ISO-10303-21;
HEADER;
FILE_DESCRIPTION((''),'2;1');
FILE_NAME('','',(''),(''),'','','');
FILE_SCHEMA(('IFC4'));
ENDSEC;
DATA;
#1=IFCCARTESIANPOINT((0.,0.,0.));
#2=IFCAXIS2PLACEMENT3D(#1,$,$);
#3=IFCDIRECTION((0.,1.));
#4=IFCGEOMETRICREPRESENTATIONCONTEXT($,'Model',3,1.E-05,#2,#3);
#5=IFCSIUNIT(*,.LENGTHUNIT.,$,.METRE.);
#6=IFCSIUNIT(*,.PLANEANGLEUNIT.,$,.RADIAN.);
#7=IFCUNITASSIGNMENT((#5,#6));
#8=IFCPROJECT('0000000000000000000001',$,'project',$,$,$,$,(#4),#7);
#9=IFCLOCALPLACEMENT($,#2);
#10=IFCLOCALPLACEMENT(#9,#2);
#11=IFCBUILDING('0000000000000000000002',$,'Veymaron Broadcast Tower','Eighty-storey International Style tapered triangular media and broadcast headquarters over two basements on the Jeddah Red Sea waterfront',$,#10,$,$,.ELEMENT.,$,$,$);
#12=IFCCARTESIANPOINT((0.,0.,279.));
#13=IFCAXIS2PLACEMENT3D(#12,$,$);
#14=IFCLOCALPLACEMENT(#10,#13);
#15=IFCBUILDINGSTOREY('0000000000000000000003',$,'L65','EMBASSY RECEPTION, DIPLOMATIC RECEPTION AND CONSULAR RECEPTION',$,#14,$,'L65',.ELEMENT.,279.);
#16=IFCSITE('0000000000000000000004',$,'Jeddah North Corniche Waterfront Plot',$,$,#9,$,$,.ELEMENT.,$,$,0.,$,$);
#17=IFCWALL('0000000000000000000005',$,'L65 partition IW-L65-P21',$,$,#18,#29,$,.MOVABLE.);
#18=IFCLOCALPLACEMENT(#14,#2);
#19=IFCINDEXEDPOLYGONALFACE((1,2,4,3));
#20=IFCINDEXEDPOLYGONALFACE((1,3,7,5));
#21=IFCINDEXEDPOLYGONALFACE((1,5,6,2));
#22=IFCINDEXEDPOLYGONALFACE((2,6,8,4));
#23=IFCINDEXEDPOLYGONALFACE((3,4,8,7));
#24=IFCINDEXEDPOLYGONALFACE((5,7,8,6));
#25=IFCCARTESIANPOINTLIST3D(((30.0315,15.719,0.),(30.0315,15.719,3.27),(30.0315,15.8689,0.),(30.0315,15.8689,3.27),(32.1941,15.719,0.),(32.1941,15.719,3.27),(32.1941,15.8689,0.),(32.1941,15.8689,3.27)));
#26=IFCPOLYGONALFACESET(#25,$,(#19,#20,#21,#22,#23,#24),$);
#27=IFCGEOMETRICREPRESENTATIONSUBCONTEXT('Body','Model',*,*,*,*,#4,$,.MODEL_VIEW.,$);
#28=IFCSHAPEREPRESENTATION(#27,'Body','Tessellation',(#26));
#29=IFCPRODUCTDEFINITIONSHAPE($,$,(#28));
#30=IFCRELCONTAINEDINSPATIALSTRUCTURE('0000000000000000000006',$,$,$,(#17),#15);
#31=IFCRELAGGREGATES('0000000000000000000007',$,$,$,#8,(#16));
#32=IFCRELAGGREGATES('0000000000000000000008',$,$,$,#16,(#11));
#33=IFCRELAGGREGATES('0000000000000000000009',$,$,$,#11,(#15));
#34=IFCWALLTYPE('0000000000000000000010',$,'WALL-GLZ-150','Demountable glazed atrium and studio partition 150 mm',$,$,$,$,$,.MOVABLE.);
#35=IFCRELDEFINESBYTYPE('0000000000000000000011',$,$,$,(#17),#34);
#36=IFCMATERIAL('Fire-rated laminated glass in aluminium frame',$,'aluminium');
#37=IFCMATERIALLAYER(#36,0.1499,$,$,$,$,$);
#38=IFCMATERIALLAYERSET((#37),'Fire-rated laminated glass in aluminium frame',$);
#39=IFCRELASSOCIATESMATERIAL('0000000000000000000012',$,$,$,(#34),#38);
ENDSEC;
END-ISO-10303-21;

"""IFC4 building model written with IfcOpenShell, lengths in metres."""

from ifc_helpers import new_model, si_unit, direction, frame, frame_2d, origin, place, context, subcontext, project, spatial, rectangle, extrude, material, layer, layer_set, type_object, element, save


model = new_model("IFC4")

# Units and contexts
model_context = context("Model", 3, precision=1e-05, world=origin(), true_north=direction((0.0, 1.0)))
body_context = subcontext(model_context, "Body", "Model", "MODEL_VIEW")
ifc_project = project(units=[si_unit("LENGTHUNIT", "METRE"), si_unit("PLANEANGLEUNIT", "RADIAN")], contexts=[model_context])

# Site, building, storey
site_placement = place(None, origin())
site = spatial("IfcSite", under=ifc_project, at=site_placement, Name="Jeddah North Corniche Waterfront Plot", CompositionType="ELEMENT", RefElevation=0.0)
building_placement = place(site_placement, origin())
building = spatial("IfcBuilding", under=site, at=building_placement, Name="Veymaron Broadcast Tower", Description="Eighty-storey International Style tapered triangular media and broadcast headquarters over two basements on the Jeddah Red Sea waterfront", CompositionType="ELEMENT")
storey_placement = place(building_placement, frame((0.0, 0.0, 279.0)))
storey = spatial("IfcBuildingStorey", under=building, at=storey_placement, Name="L65", Description="EMBASSY RECEPTION, DIPLOMATIC RECEPTION AND CONSULAR RECEPTION", LongName="L65", CompositionType="ELEMENT", Elevation=279.0)

# Wall
ifc_material_1 = material(Name="Fire-rated laminated glass in aluminium frame", Category="aluminium")
ifc_layer_1 = layer(ifc_material_1, 0.1499)
ifc_layer_set_1 = layer_set([ifc_layer_1], Name="Fire-rated laminated glass in aluminium frame")
wall_type_1 = type_object("IfcWallType", Name="WALL-GLZ-150", Description="Demountable glazed atrium and studio partition 150 mm", PredefinedType="MOVABLE", material=ifc_layer_set_1)
wall_1_placement = place(storey_placement, frame((30.0315, 15.7939, 0.0), z_axis=(0.0, 0.0, 1.0), x_axis=(1.0, 0.0, 0.0)))
element("IfcWall", 1, at=wall_1_placement, inside=storey, type_object=wall_type_1, Name="L65 partition IW-L65-P21", PredefinedType="MOVABLE", context=body_context, shape_type="SweptSolid", body=[
    extrude(rectangle(XDim=2.1626, YDim=0.1499, at=frame_2d((1.0813, 0.0))), origin(), (0.0, 0.0, 1.0), 3.27),
])

save(model, "model.ifc")
